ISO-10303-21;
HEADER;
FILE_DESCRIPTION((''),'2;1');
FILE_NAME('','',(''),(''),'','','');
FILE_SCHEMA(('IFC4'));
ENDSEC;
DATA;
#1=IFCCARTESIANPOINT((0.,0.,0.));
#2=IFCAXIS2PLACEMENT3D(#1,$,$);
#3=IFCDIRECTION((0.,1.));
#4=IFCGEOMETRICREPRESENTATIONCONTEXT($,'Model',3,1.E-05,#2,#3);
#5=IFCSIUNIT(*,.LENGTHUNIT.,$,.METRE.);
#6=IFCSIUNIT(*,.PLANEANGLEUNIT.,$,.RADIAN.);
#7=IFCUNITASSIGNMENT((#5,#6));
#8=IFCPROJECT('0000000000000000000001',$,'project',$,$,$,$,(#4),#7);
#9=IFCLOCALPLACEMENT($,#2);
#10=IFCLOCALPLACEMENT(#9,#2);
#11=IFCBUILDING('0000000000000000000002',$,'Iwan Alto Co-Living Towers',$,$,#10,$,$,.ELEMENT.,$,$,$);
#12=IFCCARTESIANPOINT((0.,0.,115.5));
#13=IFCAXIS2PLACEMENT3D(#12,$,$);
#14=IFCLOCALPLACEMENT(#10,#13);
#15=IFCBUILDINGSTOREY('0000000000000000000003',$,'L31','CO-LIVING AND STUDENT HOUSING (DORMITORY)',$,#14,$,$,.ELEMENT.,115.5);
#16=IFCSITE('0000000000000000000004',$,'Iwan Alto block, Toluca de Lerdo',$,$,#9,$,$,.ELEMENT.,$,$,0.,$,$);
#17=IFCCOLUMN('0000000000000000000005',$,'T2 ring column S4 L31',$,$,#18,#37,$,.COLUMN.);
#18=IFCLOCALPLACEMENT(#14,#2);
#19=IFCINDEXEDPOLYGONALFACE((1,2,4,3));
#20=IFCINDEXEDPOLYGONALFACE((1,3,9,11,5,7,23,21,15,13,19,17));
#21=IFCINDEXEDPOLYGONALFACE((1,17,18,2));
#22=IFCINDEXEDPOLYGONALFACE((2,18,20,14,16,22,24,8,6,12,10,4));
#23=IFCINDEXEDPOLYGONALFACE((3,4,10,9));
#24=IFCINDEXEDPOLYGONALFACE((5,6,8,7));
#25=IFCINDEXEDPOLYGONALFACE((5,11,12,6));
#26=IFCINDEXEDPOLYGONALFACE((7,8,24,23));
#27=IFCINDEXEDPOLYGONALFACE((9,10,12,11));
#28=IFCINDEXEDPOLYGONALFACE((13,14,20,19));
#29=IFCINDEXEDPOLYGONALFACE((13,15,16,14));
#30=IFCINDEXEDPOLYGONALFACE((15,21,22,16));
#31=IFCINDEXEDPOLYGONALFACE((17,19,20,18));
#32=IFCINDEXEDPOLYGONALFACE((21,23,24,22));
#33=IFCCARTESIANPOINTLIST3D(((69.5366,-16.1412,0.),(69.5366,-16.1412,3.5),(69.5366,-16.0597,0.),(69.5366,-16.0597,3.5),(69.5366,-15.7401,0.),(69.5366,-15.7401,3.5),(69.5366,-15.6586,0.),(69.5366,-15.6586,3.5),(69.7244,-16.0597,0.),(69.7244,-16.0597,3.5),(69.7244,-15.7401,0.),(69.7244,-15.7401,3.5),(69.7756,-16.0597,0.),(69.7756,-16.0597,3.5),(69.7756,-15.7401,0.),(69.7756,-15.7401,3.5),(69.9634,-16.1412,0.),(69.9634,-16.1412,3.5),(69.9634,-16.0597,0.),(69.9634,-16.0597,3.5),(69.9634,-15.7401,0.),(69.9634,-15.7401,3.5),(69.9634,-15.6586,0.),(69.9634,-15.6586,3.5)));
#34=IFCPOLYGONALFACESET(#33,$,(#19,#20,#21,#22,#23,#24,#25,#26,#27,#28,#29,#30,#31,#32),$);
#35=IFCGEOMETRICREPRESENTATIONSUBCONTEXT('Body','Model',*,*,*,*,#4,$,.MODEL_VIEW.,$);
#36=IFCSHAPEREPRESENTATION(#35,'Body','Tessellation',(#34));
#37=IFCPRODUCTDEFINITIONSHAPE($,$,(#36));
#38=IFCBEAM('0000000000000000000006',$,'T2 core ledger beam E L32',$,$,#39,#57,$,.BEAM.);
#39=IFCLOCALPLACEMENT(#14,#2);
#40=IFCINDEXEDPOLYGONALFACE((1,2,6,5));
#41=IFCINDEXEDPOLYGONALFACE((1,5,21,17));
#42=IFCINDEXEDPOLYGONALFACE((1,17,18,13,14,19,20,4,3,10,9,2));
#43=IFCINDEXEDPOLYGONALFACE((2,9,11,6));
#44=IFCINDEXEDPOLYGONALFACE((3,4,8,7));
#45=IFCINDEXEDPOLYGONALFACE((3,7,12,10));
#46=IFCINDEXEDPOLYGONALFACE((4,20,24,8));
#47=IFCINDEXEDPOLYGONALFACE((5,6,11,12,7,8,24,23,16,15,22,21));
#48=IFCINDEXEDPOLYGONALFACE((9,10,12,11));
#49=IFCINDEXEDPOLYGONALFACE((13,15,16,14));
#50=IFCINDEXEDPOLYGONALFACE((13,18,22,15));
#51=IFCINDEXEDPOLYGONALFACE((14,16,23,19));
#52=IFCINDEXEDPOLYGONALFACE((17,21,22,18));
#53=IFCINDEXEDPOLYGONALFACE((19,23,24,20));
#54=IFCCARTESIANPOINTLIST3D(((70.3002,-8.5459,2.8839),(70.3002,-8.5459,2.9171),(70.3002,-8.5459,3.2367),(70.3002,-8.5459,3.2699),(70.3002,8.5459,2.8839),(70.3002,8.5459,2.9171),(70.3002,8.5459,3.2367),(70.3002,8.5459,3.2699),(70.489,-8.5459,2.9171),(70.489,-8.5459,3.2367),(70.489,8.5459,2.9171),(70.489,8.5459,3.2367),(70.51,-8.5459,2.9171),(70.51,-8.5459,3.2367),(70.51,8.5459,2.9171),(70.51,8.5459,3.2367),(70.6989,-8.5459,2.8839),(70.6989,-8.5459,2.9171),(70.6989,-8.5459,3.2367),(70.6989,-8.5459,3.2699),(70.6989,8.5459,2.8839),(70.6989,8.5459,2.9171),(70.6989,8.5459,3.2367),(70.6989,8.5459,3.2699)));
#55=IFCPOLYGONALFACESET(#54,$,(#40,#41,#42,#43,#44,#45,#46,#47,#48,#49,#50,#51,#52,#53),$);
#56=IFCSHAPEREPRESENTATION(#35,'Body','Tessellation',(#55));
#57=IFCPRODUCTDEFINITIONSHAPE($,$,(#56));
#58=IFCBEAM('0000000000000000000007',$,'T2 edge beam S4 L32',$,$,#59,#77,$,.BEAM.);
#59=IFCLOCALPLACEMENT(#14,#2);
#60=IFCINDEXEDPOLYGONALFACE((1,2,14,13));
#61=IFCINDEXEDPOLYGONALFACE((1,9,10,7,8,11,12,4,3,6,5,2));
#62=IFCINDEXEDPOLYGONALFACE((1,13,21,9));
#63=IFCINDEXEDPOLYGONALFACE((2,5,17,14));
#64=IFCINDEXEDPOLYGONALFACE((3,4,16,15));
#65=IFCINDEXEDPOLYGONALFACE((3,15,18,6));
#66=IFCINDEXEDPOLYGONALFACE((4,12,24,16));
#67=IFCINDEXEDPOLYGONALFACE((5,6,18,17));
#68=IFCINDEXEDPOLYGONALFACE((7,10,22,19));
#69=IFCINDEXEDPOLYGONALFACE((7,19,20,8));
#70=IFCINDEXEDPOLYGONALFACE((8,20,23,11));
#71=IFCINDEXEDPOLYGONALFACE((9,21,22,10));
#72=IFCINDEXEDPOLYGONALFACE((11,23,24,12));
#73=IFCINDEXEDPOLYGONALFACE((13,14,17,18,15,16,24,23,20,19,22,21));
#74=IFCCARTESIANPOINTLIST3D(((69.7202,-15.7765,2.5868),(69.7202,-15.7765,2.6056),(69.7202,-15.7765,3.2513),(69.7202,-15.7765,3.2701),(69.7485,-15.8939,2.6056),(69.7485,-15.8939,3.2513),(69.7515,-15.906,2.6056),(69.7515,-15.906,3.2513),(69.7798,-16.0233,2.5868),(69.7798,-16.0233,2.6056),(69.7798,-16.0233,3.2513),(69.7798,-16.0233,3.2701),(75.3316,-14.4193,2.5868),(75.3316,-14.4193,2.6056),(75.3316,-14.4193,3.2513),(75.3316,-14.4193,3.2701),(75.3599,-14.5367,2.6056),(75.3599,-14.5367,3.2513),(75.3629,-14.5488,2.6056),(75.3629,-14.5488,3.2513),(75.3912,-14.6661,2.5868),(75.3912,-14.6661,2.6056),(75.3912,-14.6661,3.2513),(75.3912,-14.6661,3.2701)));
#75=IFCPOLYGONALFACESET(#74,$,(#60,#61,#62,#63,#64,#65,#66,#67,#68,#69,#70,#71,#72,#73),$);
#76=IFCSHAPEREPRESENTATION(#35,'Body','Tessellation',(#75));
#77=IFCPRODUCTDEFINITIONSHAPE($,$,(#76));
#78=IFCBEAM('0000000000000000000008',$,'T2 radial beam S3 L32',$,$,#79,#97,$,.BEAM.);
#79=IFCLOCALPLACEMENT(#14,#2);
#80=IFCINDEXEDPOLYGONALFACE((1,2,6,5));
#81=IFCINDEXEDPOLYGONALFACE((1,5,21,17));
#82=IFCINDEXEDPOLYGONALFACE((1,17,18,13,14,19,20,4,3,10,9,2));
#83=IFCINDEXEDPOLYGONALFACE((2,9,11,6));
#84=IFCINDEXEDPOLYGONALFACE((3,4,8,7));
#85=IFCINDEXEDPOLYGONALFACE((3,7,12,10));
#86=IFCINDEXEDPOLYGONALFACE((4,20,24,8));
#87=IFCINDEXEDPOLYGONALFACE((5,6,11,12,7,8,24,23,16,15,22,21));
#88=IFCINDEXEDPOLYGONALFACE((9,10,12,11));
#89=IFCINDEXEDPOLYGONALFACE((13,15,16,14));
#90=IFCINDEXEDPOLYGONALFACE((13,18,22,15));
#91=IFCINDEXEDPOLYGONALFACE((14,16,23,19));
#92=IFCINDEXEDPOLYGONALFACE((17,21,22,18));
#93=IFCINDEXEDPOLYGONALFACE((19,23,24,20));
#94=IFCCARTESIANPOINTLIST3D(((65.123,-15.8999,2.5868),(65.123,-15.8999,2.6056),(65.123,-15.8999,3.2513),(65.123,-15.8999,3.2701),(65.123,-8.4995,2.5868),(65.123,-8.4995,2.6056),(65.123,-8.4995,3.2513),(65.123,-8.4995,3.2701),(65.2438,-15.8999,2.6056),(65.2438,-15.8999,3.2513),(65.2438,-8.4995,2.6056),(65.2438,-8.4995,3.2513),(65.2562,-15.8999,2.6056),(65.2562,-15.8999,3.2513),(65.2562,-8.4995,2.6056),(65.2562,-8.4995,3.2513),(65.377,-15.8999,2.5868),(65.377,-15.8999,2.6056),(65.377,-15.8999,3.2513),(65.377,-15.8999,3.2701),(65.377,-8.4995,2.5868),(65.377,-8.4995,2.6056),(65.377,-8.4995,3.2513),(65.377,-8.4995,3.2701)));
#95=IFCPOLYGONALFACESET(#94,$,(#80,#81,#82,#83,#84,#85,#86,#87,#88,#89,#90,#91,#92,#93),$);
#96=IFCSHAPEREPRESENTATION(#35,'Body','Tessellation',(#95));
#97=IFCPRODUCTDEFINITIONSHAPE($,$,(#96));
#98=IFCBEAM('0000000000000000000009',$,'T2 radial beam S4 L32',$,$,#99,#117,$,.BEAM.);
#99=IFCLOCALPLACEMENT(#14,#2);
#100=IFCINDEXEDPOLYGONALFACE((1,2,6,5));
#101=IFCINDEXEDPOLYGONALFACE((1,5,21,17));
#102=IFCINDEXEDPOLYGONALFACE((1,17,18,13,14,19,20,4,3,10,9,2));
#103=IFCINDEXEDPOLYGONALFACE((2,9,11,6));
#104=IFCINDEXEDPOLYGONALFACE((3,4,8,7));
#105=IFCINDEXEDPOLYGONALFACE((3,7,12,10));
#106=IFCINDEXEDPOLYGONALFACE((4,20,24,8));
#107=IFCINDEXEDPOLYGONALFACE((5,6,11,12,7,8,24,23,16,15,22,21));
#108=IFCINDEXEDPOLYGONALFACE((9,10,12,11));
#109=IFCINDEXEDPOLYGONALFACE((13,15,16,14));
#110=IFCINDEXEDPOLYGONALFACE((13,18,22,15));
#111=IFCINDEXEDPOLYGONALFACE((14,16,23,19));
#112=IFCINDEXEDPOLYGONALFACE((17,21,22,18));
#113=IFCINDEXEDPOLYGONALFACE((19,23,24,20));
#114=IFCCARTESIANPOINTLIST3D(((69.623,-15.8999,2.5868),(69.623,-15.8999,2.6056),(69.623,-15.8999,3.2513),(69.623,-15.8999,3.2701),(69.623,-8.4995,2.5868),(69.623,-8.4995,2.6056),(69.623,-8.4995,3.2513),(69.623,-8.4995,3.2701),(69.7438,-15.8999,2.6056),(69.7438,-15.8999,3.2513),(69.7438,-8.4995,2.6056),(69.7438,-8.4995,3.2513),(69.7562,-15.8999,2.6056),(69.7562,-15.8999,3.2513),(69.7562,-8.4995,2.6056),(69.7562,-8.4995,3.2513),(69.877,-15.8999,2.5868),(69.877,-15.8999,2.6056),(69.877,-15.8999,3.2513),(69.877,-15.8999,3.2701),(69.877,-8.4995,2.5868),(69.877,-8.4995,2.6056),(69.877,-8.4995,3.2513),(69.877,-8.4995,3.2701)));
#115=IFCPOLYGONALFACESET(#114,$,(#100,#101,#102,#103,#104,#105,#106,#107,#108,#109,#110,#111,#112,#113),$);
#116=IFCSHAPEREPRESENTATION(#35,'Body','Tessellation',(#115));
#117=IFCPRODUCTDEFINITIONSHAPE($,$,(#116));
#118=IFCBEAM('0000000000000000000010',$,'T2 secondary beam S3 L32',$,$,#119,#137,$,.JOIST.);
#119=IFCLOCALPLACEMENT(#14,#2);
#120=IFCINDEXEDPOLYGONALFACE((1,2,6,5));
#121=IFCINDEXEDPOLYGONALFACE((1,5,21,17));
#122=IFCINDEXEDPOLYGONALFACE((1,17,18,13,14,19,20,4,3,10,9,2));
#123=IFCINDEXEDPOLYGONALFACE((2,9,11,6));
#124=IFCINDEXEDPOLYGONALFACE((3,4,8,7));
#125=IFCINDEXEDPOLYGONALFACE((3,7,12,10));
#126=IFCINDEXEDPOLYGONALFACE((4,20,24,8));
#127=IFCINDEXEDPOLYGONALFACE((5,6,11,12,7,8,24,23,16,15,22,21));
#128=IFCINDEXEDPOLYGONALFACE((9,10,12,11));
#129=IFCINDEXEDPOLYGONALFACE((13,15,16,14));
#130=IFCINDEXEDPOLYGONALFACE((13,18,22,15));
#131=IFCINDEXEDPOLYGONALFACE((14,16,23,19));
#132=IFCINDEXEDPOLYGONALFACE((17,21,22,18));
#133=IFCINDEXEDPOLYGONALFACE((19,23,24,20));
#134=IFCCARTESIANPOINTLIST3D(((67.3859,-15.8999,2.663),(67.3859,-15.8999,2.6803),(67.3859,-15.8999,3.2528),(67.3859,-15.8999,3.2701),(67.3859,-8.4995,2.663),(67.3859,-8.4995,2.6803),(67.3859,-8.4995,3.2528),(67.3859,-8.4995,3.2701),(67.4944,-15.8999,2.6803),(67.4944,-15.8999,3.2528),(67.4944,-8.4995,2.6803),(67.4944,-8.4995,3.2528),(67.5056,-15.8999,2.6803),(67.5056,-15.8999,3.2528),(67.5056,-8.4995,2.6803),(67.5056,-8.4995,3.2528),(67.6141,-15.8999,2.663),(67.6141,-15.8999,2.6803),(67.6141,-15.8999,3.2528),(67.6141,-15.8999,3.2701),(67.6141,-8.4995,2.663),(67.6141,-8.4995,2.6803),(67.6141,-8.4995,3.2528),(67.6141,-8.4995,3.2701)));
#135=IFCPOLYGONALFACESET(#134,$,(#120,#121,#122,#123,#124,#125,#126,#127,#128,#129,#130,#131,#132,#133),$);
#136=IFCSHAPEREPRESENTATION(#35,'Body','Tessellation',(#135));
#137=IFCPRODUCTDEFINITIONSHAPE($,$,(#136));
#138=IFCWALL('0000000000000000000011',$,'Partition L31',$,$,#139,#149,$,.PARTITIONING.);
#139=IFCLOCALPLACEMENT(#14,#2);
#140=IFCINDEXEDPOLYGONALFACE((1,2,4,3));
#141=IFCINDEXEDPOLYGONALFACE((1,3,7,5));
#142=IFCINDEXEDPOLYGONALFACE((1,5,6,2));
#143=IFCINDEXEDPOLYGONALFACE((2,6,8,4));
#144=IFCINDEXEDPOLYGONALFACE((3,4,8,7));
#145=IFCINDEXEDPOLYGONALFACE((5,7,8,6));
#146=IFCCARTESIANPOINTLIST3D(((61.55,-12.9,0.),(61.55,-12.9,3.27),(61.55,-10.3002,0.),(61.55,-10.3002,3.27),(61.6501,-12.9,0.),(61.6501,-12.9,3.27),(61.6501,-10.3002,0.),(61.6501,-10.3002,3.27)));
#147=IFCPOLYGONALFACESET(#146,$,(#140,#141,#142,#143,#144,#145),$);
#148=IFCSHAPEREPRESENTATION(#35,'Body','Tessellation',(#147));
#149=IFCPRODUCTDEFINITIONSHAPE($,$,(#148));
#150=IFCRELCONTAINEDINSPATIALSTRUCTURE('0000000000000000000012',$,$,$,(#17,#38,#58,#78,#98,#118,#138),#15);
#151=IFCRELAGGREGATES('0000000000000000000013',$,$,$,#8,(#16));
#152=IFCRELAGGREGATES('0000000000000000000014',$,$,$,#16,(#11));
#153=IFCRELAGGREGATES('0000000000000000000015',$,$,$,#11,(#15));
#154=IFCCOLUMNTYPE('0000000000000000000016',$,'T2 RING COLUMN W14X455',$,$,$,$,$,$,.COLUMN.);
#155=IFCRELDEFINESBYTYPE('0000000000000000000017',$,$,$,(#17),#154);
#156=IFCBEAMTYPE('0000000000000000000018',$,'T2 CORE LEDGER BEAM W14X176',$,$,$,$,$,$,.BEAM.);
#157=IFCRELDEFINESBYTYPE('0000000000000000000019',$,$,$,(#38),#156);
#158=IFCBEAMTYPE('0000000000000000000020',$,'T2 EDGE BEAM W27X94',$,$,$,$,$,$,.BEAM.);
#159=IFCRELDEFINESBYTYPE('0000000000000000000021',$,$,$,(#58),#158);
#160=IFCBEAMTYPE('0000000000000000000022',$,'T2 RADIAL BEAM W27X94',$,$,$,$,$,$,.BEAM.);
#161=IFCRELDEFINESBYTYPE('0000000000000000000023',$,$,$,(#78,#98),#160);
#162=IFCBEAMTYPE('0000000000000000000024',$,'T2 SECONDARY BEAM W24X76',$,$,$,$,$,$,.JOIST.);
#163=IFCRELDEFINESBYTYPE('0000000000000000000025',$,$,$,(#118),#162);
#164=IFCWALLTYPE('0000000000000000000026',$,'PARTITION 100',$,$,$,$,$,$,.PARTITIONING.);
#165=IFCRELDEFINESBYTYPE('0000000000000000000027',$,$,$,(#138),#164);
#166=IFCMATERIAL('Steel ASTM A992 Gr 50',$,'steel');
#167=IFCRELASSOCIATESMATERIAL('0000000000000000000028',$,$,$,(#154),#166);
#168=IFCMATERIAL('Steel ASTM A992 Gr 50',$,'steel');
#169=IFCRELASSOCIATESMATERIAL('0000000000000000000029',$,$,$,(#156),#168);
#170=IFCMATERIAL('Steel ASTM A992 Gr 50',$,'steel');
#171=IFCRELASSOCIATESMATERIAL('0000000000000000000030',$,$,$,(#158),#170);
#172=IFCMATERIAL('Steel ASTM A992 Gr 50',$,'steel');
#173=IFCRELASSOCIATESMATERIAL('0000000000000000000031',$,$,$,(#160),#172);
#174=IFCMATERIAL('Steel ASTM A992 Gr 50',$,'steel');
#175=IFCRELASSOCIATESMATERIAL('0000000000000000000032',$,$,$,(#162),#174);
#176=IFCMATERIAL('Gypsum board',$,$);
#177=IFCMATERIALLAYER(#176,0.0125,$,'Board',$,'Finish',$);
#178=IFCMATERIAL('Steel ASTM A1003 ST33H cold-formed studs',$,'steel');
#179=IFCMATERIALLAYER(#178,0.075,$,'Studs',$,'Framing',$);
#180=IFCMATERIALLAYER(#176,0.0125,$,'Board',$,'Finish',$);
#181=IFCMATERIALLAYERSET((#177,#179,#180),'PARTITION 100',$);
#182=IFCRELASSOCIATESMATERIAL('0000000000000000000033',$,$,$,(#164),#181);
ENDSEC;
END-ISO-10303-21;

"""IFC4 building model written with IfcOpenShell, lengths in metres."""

from ifc_helpers import new_model, si_unit, direction, frame, frame_2d, origin, origin_2d, place, context, subcontext, project, spatial, rectangle, i_section, extrude, material, layer, layer_set, material_profile, profile_set, type_object, element, save


model = new_model("IFC4")

# Units and contexts
model_context = context("Model", 3, precision=1e-05, world=origin(), true_north=direction((0.0, 1.0)))
body_context = subcontext(model_context, "Body", "Model", "MODEL_VIEW")
ifc_project = project(units=[si_unit("LENGTHUNIT", "METRE"), si_unit("PLANEANGLEUNIT", "RADIAN")], contexts=[model_context])

# Site, building, storey
site_placement = place(None, origin())
site = spatial("IfcSite", under=ifc_project, at=site_placement, Name="Iwan Alto block, Toluca de Lerdo", CompositionType="ELEMENT", RefElevation=0.0)
building_placement = place(site_placement, origin())
building = spatial("IfcBuilding", under=site, at=building_placement, Name="Iwan Alto Co-Living Towers", CompositionType="ELEMENT")
storey_placement = place(building_placement, frame((0.0, 0.0, 115.5)))
storey = spatial("IfcBuildingStorey", under=building, at=storey_placement, Name="L31", Description="CO-LIVING AND STUDENT HOUSING (DORMITORY)", CompositionType="ELEMENT", Elevation=115.5)

# Column
ifc_material_1 = material(Name="Steel ASTM A992 Gr 50", Category="steel")
ifc_material_profile_1 = material_profile(ifc_material_1, i_section(OverallWidth=0.4268, OverallDepth=0.4827, WebThickness=0.0513, FlangeThickness=0.0815, at=origin_2d()), Name="W14X455")
ifc_profile_set_1 = profile_set([ifc_material_profile_1], Name="Steel ASTM A992 Gr 50")
column_type = type_object("IfcColumnType", Name="T2 RING COLUMN W14X455", PredefinedType="COLUMN", material=ifc_profile_set_1)
column_placement = place(storey_placement, frame((69.75, -15.8999, 0.0), z_axis=(0.0, 0.0, 1.0), x_axis=(1.0, 0.0, 0.0)))
element("IfcColumn", 1, at=column_placement, inside=storey, type_object=column_type, Name="T2 ring column S4 L31", PredefinedType="COLUMN", context=body_context, shape_type="SweptSolid", body=[
    extrude(i_section(OverallWidth=0.4268, OverallDepth=0.4827, WebThickness=0.0513, FlangeThickness=0.0815, at=origin_2d()), origin(), (0.0, 0.0, 1.0), 3.5),
])

# Beams
ifc_material_2 = material(Name="Steel ASTM A992 Gr 50", Category="steel")
ifc_material_profile_2 = material_profile(ifc_material_2, i_section(OverallWidth=0.3987, OverallDepth=0.386, WebThickness=0.021, FlangeThickness=0.0332, at=origin_2d()), Name="W14X176")
ifc_profile_set_2 = profile_set([ifc_material_profile_2], Name="Steel ASTM A992 Gr 50")
beam_type_1 = type_object("IfcBeamType", Name="T2 CORE LEDGER BEAM W14X176", PredefinedType="BEAM", material=ifc_profile_set_2)
beam_1_placement = place(storey_placement, frame((70.4995, -8.5459, 3.0769), z_axis=(0.0, 1.0, 0.0), x_axis=(-1.0, 0.0, 0.0)))
element("IfcBeam", 2, at=beam_1_placement, inside=storey, type_object=beam_type_1, Name="T2 core ledger beam E L32", PredefinedType="BEAM", context=body_context, shape_type="SweptSolid", body=[
    extrude(i_section(OverallWidth=0.3987, OverallDepth=0.386, WebThickness=0.021, FlangeThickness=0.0332, at=origin_2d()), origin(), (0.0, 0.0, 1.0), 17.0918),
])
ifc_material_3 = material(Name="Steel ASTM A992 Gr 50", Category="steel")
ifc_material_profile_3 = material_profile(ifc_material_3, i_section(OverallWidth=0.2539, OverallDepth=0.6833, WebThickness=0.0125, FlangeThickness=0.0188, at=origin_2d()), Name="W27X94")
ifc_profile_set_3 = profile_set([ifc_material_profile_3], Name="Steel ASTM A992 Gr 50")
beam_type_2 = type_object("IfcBeamType", Name="T2 EDGE BEAM W27X94", PredefinedType="BEAM", material=ifc_profile_set_3)
beam_2_placement = place(storey_placement, frame((69.75, -15.8999, 2.9285), z_axis=(0.971975, 0.235086, 0.0), x_axis=(-0.235086, 0.971975, 0.0)))
element("IfcBeam", 3, at=beam_2_placement, inside=storey, type_object=beam_type_2, Name="T2 edge beam S4 L32", PredefinedType="BEAM", context=body_context, shape_type="SweptSolid", body=[
    extrude(i_section(OverallWidth=0.2539, OverallDepth=0.6833, WebThickness=0.0125, FlangeThickness=0.0188, at=origin_2d()), origin(), (0.0, 0.0, 1.0), 5.7732),
])
ifc_material_4 = material(Name="Steel ASTM A992 Gr 50", Category="steel")
ifc_material_profile_4 = material_profile(ifc_material_4, i_section(OverallWidth=0.2539, OverallDepth=0.6833, WebThickness=0.0125, FlangeThickness=0.0188, at=origin_2d()), Name="W27X94")
ifc_profile_set_4 = profile_set([ifc_material_profile_4], Name="Steel ASTM A992 Gr 50")
beam_type_3 = type_object("IfcBeamType", Name="T2 RADIAL BEAM W27X94", PredefinedType="BEAM", material=ifc_profile_set_4)
for number, where, z_axis, x_axis, name in (
    (4, (65.25, -15.8999, 2.9285), (0.0, 1.0, 0.0), (-1.0, 0.0, 0.0), "T2 radial beam S3 L32"),
    (5, (69.75, -15.8999, 2.9285), (0.0, 1.0, 0.0), (-1.0, 0.0, 0.0), "T2 radial beam S4 L32"),
):
    element("IfcBeam", number, at=place(storey_placement, frame(where, z_axis=z_axis, x_axis=x_axis)), inside=storey, type_object=beam_type_3, Name=name, PredefinedType="BEAM", context=body_context, shape_type="SweptSolid", body=[
        extrude(i_section(OverallWidth=0.2539, OverallDepth=0.6833, WebThickness=0.0125, FlangeThickness=0.0188, at=origin_2d()), origin(), (0.0, 0.0, 1.0), 7.4004),
    ])
ifc_material_5 = material(Name="Steel ASTM A992 Gr 50", Category="steel")
ifc_material_profile_5 = material_profile(ifc_material_5, i_section(OverallWidth=0.2283, OverallDepth=0.6072, WebThickness=0.0112, FlangeThickness=0.0173, at=origin_2d()), Name="W24X76")
ifc_profile_set_5 = profile_set([ifc_material_profile_5], Name="Steel ASTM A992 Gr 50")
beam_type_4 = type_object("IfcBeamType", Name="T2 SECONDARY BEAM W24X76", PredefinedType="JOIST", material=ifc_profile_set_5)
beam_3_placement = place(storey_placement, frame((67.5, -15.8999, 2.9666), z_axis=(0.0, 1.0, 0.0), x_axis=(-1.0, 0.0, 0.0)))
element("IfcBeam", 6, at=beam_3_placement, inside=storey, type_object=beam_type_4, Name="T2 secondary beam S3 L32", PredefinedType="JOIST", context=body_context, shape_type="SweptSolid", body=[
    extrude(i_section(OverallWidth=0.2283, OverallDepth=0.6072, WebThickness=0.0112, FlangeThickness=0.0173, at=origin_2d()), origin(), (0.0, 0.0, 1.0), 7.4004),
])

# Wall
ifc_material_6 = material(Name="Gypsum board")
ifc_layer_1 = layer(ifc_material_6, 0.0125, Name="Board", Category="Finish")
ifc_material_7 = material(Name="Steel ASTM A1003 ST33H cold-formed studs", Category="steel")
ifc_layer_2 = layer(ifc_material_7, 0.075, Name="Studs", Category="Framing")
ifc_layer_3 = layer(ifc_material_6, 0.0125, Name="Board", Category="Finish")
ifc_layer_set_1 = layer_set([ifc_layer_1, ifc_layer_2, ifc_layer_3], Name="PARTITION 100")
wall_type_1 = type_object("IfcWallType", Name="PARTITION 100", PredefinedType="PARTITIONING", material=ifc_layer_set_1)
wall_1_placement = place(storey_placement, frame((61.6001, -12.8999, 0.0), z_axis=(0.0, 0.0, 1.0), x_axis=(0.0, 1.0, 0.0)))
element("IfcWall", 7, at=wall_1_placement, inside=storey, type_object=wall_type_1, Name="Partition L31", PredefinedType="PARTITIONING", context=body_context, shape_type="SweptSolid", body=[
    extrude(rectangle(XDim=2.5999, YDim=0.1001, at=frame_2d((1.2998, 0.0))), origin(), (0.0, 0.0, 1.0), 3.27),
])

save(model, "model.ifc")
